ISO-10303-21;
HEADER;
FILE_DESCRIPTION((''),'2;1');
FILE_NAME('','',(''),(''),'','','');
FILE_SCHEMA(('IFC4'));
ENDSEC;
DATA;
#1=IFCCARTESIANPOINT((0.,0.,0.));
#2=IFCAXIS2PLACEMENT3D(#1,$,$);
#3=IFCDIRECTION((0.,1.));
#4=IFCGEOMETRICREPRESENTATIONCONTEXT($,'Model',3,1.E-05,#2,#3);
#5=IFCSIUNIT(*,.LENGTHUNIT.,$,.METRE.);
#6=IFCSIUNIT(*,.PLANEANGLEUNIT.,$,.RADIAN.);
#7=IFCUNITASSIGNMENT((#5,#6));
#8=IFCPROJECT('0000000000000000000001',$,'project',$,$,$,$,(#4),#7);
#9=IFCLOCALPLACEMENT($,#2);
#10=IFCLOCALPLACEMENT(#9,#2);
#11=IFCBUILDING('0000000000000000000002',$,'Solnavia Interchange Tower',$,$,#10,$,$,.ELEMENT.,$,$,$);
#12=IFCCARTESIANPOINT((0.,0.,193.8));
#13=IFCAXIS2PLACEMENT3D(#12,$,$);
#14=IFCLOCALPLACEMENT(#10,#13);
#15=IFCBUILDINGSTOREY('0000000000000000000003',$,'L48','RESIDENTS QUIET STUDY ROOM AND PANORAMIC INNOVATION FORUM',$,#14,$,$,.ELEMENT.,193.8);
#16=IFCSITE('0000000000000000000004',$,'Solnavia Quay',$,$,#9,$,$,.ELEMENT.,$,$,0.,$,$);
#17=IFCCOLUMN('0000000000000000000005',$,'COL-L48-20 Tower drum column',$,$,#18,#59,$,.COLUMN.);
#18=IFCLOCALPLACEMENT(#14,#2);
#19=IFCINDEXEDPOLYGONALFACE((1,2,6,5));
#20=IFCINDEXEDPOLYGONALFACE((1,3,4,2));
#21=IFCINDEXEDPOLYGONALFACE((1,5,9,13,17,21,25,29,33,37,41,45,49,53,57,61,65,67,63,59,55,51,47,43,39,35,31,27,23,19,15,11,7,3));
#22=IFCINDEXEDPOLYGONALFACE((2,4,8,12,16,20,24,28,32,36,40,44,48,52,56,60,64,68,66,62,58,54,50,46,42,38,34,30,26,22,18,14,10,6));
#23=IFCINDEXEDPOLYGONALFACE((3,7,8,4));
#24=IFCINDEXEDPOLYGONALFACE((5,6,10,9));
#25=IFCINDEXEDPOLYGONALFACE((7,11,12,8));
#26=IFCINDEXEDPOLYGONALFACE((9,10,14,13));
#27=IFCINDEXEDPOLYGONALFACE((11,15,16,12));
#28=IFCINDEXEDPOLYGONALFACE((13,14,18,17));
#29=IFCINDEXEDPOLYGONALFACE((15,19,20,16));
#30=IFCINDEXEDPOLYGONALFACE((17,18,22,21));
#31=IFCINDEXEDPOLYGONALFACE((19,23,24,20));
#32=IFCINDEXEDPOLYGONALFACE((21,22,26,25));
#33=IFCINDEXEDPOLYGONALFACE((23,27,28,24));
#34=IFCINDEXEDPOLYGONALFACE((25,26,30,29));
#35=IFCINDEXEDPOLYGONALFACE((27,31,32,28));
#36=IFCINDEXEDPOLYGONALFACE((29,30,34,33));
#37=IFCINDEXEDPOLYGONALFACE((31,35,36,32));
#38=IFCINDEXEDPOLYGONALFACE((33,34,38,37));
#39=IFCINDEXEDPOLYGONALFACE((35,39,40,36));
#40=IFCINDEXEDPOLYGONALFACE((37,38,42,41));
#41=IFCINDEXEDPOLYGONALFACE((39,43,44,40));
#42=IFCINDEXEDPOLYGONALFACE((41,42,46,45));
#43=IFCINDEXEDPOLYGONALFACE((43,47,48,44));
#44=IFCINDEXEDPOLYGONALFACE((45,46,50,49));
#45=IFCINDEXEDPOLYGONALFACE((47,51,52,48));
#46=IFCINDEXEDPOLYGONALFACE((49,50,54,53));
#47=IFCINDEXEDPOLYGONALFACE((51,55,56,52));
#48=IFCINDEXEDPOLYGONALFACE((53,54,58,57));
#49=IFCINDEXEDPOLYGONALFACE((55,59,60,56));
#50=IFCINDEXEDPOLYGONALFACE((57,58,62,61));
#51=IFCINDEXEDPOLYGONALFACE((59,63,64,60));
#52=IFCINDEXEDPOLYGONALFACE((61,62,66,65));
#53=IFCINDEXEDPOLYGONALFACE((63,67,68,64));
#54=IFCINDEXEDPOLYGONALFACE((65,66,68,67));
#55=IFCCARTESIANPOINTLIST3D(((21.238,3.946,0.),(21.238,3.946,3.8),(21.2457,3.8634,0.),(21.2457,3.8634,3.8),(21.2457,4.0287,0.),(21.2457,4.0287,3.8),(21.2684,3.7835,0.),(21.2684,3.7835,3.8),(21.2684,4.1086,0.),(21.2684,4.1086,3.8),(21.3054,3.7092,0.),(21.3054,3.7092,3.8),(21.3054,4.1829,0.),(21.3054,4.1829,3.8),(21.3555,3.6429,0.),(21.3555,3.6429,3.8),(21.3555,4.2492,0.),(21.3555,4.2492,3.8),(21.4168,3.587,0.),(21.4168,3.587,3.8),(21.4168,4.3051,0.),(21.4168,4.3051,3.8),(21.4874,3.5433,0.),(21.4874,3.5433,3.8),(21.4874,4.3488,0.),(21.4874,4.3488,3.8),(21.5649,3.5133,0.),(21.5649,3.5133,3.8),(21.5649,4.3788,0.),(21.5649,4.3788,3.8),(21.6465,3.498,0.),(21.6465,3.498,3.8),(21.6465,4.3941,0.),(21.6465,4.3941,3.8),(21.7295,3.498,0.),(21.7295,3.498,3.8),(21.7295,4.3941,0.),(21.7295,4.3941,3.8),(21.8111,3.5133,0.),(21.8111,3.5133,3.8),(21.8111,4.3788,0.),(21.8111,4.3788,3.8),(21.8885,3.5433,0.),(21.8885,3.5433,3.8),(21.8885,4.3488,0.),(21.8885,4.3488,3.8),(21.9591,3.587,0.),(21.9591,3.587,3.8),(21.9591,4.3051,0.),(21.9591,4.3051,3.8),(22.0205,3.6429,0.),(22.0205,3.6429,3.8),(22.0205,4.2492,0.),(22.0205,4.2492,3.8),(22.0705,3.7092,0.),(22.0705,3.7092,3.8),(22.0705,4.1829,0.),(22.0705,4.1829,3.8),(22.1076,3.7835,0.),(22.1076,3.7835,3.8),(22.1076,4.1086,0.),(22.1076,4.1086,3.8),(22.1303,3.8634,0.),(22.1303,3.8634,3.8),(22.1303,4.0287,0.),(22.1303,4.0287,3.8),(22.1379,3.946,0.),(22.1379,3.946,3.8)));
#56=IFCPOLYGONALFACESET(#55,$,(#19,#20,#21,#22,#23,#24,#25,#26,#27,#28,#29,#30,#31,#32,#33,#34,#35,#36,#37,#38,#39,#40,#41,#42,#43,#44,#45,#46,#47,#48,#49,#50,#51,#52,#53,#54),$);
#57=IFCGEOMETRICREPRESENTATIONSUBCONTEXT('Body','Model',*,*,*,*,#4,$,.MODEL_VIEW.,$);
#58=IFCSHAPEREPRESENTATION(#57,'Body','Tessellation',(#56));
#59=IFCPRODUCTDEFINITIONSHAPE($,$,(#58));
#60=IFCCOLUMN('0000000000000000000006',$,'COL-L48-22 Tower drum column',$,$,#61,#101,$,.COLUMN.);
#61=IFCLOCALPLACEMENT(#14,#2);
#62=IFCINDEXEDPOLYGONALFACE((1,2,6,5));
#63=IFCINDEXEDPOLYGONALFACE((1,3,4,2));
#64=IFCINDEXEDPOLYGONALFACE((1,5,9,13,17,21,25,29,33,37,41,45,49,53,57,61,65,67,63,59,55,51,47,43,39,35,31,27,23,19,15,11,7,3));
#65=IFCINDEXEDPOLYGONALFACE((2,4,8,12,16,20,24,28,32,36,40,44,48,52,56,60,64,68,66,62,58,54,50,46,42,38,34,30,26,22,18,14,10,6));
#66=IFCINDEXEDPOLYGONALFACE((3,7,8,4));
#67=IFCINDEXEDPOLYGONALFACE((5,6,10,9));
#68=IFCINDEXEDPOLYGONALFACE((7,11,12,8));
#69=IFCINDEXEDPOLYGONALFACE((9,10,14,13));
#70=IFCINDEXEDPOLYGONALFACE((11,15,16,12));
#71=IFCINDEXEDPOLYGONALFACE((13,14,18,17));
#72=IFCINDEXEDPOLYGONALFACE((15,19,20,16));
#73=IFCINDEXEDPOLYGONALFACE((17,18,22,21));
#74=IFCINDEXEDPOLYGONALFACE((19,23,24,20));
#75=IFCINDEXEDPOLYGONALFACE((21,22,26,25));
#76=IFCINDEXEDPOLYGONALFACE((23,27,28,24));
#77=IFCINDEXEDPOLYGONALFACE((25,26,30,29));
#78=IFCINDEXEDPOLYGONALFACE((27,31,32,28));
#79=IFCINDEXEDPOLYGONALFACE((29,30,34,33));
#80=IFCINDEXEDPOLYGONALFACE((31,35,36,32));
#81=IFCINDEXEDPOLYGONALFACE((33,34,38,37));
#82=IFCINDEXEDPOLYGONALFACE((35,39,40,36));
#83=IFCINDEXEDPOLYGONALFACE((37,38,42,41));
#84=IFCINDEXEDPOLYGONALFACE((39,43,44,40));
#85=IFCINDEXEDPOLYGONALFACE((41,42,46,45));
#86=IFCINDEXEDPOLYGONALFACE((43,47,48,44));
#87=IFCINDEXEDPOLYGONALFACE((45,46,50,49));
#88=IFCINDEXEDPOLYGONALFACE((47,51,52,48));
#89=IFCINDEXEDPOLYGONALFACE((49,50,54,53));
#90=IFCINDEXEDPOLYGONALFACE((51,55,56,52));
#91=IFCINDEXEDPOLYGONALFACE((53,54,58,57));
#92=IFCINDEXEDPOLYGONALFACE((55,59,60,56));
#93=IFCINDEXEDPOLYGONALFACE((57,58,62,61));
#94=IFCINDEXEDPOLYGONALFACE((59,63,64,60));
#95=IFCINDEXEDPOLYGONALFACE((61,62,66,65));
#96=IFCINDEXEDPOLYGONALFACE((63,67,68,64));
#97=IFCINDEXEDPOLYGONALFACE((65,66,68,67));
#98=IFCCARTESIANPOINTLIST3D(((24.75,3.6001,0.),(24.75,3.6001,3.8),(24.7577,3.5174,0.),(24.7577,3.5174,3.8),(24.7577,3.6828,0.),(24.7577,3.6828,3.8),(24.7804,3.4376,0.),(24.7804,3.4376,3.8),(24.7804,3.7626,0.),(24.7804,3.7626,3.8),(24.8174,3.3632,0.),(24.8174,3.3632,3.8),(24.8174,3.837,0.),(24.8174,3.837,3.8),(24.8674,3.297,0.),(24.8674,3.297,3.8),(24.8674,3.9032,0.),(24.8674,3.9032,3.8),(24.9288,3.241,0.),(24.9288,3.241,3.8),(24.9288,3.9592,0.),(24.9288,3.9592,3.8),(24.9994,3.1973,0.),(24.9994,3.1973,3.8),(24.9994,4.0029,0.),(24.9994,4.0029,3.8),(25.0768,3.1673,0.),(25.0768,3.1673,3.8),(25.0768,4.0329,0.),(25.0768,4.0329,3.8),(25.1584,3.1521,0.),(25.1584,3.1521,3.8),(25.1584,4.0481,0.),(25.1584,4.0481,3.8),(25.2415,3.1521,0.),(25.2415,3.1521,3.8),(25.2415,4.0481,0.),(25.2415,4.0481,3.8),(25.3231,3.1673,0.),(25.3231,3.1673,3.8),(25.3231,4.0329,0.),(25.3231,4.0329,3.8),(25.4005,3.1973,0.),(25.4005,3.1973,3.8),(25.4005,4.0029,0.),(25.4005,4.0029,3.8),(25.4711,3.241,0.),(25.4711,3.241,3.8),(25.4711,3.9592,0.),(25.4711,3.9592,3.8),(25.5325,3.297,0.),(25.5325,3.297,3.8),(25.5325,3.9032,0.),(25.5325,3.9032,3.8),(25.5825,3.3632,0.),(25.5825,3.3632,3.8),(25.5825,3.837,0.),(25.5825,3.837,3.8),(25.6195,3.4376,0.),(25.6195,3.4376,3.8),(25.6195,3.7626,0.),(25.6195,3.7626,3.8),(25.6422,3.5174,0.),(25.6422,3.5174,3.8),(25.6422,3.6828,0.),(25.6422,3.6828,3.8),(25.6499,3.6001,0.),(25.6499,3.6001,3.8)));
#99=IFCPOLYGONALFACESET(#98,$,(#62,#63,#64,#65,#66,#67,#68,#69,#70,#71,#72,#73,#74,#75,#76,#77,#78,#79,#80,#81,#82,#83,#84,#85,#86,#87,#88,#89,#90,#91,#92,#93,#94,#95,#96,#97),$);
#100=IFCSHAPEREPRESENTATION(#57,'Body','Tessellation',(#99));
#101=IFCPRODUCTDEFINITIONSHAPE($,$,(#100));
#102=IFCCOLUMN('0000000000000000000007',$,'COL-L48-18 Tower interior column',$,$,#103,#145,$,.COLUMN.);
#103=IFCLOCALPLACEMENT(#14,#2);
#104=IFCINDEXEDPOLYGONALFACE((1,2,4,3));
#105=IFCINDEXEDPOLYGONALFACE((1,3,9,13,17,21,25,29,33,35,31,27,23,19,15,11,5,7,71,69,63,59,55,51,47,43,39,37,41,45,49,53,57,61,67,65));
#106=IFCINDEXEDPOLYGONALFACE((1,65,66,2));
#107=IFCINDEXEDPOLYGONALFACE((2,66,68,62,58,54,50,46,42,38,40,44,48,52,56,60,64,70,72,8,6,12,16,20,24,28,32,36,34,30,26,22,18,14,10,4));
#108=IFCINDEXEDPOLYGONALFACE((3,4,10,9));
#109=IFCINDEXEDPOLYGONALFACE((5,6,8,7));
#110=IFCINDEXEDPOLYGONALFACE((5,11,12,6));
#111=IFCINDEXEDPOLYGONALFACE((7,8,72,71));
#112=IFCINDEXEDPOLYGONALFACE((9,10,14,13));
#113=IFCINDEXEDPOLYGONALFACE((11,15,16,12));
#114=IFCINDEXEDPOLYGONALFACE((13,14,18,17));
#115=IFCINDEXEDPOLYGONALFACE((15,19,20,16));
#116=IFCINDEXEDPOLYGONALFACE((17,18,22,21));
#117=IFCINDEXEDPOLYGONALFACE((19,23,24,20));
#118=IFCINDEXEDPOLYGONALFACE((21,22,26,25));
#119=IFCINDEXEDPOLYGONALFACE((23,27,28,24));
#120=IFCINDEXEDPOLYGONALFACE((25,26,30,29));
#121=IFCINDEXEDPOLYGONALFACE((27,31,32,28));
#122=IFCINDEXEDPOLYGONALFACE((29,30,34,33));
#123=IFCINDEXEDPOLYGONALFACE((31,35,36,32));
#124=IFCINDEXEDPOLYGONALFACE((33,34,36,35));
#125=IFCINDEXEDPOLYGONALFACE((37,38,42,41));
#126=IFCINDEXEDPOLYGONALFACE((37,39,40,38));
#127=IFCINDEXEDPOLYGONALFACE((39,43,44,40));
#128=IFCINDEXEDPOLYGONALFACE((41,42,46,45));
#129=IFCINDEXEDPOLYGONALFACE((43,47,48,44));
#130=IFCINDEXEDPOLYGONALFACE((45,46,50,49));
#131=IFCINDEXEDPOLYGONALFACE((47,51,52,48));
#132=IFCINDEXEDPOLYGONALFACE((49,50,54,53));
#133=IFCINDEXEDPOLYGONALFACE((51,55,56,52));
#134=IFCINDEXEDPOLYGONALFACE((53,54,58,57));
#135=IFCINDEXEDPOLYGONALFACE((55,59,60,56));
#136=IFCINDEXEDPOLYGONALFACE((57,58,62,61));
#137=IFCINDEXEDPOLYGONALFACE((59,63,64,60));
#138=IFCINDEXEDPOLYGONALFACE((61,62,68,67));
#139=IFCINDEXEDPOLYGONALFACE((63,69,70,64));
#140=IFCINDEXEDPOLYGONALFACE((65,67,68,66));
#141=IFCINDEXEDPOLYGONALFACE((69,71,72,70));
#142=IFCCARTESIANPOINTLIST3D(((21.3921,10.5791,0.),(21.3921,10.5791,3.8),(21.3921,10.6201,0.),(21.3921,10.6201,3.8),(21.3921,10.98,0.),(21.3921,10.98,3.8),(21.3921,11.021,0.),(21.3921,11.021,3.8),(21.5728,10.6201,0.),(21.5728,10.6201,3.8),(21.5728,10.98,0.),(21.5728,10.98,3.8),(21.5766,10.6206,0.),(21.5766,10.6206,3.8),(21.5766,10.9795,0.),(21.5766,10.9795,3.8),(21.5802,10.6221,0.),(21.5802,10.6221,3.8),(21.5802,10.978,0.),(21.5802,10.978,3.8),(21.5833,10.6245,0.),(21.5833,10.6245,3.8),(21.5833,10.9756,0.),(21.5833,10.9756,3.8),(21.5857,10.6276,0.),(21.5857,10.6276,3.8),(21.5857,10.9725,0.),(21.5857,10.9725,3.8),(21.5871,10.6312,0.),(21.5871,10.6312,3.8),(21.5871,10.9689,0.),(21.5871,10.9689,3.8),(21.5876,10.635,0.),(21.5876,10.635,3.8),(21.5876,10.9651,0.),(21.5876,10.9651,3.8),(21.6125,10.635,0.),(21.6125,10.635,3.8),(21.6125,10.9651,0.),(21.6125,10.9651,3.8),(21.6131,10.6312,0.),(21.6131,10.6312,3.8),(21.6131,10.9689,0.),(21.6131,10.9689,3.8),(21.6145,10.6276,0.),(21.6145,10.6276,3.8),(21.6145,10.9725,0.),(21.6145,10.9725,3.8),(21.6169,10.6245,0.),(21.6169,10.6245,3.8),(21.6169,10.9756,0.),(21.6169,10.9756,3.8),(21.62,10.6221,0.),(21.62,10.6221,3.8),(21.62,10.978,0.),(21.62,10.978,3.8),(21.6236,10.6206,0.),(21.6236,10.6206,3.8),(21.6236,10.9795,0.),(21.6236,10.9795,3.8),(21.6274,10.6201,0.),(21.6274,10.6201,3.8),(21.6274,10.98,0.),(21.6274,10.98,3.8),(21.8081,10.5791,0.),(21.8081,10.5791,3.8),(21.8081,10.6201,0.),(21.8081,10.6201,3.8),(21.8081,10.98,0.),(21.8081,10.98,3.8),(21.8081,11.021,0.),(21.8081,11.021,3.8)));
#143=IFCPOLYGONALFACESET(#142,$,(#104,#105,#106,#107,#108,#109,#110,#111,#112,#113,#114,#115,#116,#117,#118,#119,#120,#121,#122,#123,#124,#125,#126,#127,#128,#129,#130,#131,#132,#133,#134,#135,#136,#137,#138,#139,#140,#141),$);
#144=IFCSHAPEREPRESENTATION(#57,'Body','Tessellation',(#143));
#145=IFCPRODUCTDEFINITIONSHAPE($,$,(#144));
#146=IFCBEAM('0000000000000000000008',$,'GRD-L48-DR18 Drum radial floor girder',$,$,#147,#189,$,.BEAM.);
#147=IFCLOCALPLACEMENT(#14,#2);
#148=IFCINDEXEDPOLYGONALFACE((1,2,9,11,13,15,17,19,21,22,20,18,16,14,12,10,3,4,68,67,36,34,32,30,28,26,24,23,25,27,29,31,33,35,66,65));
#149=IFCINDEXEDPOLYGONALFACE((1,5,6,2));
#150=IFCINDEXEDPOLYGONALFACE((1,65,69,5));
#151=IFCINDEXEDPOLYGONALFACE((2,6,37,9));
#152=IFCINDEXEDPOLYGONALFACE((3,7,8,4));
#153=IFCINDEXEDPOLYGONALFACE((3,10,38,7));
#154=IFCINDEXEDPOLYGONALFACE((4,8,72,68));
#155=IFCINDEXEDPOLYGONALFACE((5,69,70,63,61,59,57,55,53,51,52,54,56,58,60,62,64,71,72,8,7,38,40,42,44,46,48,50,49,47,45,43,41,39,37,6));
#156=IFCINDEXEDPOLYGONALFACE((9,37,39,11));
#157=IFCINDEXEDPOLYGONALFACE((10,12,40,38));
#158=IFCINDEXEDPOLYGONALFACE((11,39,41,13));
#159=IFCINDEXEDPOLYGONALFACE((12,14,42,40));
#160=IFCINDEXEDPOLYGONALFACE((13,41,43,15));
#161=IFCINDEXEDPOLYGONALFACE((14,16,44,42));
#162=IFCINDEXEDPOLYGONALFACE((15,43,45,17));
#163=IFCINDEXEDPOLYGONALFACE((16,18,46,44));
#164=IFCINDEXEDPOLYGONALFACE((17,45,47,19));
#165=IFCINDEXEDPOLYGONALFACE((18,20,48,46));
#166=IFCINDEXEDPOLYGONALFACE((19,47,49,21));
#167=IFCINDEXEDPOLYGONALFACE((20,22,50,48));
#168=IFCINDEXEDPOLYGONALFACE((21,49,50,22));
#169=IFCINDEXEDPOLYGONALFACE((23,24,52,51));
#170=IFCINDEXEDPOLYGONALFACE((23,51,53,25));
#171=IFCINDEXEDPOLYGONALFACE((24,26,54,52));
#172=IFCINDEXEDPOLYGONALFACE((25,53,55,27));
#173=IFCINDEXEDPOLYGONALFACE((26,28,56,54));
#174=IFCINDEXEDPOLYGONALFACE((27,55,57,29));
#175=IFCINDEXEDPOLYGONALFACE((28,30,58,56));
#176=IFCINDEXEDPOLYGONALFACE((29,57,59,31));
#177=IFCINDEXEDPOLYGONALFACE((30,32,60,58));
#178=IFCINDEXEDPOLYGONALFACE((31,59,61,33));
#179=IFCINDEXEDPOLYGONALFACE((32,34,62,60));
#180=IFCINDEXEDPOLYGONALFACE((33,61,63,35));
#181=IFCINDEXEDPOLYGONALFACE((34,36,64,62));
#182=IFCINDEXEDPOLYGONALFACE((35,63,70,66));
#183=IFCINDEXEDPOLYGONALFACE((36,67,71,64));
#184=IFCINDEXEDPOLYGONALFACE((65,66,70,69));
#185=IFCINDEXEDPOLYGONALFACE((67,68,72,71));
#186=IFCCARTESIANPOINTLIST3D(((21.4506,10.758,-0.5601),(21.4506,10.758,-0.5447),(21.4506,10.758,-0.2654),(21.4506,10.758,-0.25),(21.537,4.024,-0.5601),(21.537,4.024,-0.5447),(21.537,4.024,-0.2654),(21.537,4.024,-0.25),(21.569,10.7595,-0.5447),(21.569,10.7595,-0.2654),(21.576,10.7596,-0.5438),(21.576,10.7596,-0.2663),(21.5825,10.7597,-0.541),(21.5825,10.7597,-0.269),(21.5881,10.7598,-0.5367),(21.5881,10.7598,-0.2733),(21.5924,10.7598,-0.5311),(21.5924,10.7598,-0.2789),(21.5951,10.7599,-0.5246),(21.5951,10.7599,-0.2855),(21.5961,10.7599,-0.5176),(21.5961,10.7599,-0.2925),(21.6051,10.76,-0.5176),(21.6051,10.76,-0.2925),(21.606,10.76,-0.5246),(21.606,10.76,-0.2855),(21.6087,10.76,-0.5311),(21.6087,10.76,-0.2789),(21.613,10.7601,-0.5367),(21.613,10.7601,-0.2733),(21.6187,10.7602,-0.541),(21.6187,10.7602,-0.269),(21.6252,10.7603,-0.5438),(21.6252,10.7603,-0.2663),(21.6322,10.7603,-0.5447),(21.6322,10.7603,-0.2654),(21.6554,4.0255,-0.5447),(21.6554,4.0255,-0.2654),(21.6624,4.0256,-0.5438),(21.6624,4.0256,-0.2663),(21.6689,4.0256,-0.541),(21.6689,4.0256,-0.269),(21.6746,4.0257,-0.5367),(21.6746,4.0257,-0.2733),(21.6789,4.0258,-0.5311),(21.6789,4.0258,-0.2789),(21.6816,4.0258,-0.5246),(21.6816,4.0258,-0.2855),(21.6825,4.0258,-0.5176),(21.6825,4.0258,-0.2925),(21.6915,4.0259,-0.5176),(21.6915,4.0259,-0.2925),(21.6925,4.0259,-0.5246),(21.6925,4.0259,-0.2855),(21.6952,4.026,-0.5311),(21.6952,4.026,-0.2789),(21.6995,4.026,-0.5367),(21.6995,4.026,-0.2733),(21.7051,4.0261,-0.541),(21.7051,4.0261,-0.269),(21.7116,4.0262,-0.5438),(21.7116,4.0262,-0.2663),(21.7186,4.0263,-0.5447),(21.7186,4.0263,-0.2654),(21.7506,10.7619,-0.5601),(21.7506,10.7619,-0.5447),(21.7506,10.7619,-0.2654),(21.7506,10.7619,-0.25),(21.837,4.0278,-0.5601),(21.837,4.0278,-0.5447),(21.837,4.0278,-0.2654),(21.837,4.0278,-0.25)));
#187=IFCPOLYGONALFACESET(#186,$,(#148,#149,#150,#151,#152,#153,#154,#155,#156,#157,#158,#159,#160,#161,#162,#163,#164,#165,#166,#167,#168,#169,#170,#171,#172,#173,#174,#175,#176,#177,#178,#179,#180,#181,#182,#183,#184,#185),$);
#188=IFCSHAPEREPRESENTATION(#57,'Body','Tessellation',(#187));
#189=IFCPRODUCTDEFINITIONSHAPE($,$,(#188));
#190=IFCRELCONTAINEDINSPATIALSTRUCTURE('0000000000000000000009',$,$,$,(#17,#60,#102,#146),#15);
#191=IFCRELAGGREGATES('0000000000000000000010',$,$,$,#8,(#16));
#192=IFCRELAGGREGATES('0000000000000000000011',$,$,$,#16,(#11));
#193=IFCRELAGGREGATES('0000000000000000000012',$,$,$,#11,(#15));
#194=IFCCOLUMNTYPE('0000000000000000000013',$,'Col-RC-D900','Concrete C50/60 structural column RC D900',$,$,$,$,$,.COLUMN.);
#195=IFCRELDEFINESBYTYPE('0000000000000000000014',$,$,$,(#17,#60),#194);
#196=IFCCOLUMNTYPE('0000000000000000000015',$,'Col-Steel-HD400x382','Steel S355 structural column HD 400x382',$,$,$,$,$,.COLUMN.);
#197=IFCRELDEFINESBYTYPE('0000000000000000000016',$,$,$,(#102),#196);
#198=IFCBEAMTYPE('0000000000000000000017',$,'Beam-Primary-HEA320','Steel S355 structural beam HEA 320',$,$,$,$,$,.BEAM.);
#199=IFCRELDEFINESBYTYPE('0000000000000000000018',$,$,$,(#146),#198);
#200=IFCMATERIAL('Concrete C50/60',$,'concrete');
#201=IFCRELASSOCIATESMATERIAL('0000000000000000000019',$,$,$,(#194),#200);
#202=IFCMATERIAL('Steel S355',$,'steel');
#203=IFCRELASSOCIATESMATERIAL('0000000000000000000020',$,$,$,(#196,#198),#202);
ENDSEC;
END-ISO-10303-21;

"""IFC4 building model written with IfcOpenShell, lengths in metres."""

from ifc_helpers import new_model, si_unit, direction, frame, origin, origin_2d, place, context, subcontext, project, spatial, circle, i_section, extrude, material, material_profile, profile_set, type_object, element, save


model = new_model("IFC4")

# Units and contexts
model_context = context("Model", 3, precision=1e-05, world=origin(), true_north=direction((0.0, 1.0)))
body_context = subcontext(model_context, "Body", "Model", "MODEL_VIEW")
ifc_project = project(units=[si_unit("LENGTHUNIT", "METRE"), si_unit("PLANEANGLEUNIT", "RADIAN")], contexts=[model_context])

# Site, building, storey
site_placement = place(None, origin())
site = spatial("IfcSite", under=ifc_project, at=site_placement, Name="Solnavia Quay", CompositionType="ELEMENT", RefElevation=0.0)
building_placement = place(site_placement, origin())
building = spatial("IfcBuilding", under=site, at=building_placement, Name="Solnavia Interchange Tower", CompositionType="ELEMENT")
storey_placement = place(building_placement, frame((0.0, 0.0, 193.8)))
storey = spatial("IfcBuildingStorey", under=building, at=storey_placement, Name="L48", Description="RESIDENTS QUIET STUDY ROOM AND PANORAMIC INNOVATION FORUM", CompositionType="ELEMENT", Elevation=193.8)

# Columns
ifc_material_1 = material(Name="Concrete C50/60", Category="concrete")
ifc_material_profile_1 = material_profile(ifc_material_1, circle(Radius=0.45, at=origin_2d()), Name="RC D900")
ifc_profile_set_1 = profile_set([ifc_material_profile_1], Name="Concrete C50/60")
column_type_1 = type_object("IfcColumnType", Name="Col-RC-D900", Description="Concrete C50/60 structural column RC D900", PredefinedType="COLUMN", material=ifc_profile_set_1)
for number, where, z_axis, x_axis, name in (
    (1, (21.688, 3.946, 0.0), (0.0, 0.0, 1.0), (1.0, 0.0, 0.0), "COL-L48-20 Tower drum column"),
    (2, (25.2, 3.6001, 0.0), (0.0, 0.0, 1.0), (1.0, 0.0, 0.0), "COL-L48-22 Tower drum column"),
):
    element("IfcColumn", number, at=place(storey_placement, frame(where, z_axis=z_axis, x_axis=x_axis)), inside=storey, type_object=column_type_1, Name=name, PredefinedType="COLUMN", context=body_context, shape_type="SweptSolid", body=[
        extrude(circle(Radius=0.45, at=origin_2d()), origin(), (0.0, 0.0, 1.0), 3.8),
    ])
ifc_material_2 = material(Name="Steel S355", Category="steel")
ifc_material_profile_2 = material_profile(ifc_material_2, i_section(OverallWidth=0.416, OverallDepth=0.4419, WebThickness=0.0249, FlangeThickness=0.041, FilletRadius=0.0149, at=origin_2d()), Name="HD 400x382")
ifc_profile_set_2 = profile_set([ifc_material_profile_2], Name="Steel S355")
column_type_2 = type_object("IfcColumnType", Name="Col-Steel-HD400x382", Description="Steel S355 structural column HD 400x382", PredefinedType="COLUMN", material=ifc_profile_set_2)
column_placement = place(storey_placement, frame((21.6001, 10.8, 0.0), z_axis=(0.0, 0.0, 1.0), x_axis=(1.0, 0.0, 0.0)))
element("IfcColumn", 3, at=column_placement, inside=storey, type_object=column_type_2, Name="COL-L48-18 Tower interior column", PredefinedType="COLUMN", context=body_context, shape_type="SweptSolid", body=[
    extrude(i_section(OverallWidth=0.416, OverallDepth=0.4419, WebThickness=0.0249, FlangeThickness=0.041, FilletRadius=0.0149, at=origin_2d()), origin(), (0.0, 0.0, 1.0), 3.8),
])

# Beam
ifc_material_profile_3 = material_profile(ifc_material_2, i_section(OverallWidth=0.3, OverallDepth=0.3101, WebThickness=0.009, FlangeThickness=0.0154, FilletRadius=0.0271, at=origin_2d()), Name="HEA 320")
ifc_profile_set_3 = profile_set([ifc_material_profile_3], Name="Steel S355")
beam_type_1 = type_object("IfcBeamType", Name="Beam-Primary-HEA320", Description="Steel S355 structural beam HEA 320", PredefinedType="BEAM", material=ifc_profile_set_3)
beam_1_placement = place(storey_placement, frame((21.687, 4.0259, -0.405), z_axis=(-0.012833, 0.999918, 0.0), x_axis=(-0.999918, -0.012833, 0.0)))
element("IfcBeam", 4, at=beam_1_placement, inside=storey, type_object=beam_type_1, Name="GRD-L48-DR18 Drum radial floor girder", PredefinedType="BEAM", context=body_context, shape_type="SweptSolid", body=[
    extrude(i_section(OverallWidth=0.3, OverallDepth=0.3101, WebThickness=0.009, FlangeThickness=0.0154, FilletRadius=0.0271, at=origin_2d()), origin(), (0.0, 0.0, 1.0), 6.7346),
])

save(model, "model.ifc")
